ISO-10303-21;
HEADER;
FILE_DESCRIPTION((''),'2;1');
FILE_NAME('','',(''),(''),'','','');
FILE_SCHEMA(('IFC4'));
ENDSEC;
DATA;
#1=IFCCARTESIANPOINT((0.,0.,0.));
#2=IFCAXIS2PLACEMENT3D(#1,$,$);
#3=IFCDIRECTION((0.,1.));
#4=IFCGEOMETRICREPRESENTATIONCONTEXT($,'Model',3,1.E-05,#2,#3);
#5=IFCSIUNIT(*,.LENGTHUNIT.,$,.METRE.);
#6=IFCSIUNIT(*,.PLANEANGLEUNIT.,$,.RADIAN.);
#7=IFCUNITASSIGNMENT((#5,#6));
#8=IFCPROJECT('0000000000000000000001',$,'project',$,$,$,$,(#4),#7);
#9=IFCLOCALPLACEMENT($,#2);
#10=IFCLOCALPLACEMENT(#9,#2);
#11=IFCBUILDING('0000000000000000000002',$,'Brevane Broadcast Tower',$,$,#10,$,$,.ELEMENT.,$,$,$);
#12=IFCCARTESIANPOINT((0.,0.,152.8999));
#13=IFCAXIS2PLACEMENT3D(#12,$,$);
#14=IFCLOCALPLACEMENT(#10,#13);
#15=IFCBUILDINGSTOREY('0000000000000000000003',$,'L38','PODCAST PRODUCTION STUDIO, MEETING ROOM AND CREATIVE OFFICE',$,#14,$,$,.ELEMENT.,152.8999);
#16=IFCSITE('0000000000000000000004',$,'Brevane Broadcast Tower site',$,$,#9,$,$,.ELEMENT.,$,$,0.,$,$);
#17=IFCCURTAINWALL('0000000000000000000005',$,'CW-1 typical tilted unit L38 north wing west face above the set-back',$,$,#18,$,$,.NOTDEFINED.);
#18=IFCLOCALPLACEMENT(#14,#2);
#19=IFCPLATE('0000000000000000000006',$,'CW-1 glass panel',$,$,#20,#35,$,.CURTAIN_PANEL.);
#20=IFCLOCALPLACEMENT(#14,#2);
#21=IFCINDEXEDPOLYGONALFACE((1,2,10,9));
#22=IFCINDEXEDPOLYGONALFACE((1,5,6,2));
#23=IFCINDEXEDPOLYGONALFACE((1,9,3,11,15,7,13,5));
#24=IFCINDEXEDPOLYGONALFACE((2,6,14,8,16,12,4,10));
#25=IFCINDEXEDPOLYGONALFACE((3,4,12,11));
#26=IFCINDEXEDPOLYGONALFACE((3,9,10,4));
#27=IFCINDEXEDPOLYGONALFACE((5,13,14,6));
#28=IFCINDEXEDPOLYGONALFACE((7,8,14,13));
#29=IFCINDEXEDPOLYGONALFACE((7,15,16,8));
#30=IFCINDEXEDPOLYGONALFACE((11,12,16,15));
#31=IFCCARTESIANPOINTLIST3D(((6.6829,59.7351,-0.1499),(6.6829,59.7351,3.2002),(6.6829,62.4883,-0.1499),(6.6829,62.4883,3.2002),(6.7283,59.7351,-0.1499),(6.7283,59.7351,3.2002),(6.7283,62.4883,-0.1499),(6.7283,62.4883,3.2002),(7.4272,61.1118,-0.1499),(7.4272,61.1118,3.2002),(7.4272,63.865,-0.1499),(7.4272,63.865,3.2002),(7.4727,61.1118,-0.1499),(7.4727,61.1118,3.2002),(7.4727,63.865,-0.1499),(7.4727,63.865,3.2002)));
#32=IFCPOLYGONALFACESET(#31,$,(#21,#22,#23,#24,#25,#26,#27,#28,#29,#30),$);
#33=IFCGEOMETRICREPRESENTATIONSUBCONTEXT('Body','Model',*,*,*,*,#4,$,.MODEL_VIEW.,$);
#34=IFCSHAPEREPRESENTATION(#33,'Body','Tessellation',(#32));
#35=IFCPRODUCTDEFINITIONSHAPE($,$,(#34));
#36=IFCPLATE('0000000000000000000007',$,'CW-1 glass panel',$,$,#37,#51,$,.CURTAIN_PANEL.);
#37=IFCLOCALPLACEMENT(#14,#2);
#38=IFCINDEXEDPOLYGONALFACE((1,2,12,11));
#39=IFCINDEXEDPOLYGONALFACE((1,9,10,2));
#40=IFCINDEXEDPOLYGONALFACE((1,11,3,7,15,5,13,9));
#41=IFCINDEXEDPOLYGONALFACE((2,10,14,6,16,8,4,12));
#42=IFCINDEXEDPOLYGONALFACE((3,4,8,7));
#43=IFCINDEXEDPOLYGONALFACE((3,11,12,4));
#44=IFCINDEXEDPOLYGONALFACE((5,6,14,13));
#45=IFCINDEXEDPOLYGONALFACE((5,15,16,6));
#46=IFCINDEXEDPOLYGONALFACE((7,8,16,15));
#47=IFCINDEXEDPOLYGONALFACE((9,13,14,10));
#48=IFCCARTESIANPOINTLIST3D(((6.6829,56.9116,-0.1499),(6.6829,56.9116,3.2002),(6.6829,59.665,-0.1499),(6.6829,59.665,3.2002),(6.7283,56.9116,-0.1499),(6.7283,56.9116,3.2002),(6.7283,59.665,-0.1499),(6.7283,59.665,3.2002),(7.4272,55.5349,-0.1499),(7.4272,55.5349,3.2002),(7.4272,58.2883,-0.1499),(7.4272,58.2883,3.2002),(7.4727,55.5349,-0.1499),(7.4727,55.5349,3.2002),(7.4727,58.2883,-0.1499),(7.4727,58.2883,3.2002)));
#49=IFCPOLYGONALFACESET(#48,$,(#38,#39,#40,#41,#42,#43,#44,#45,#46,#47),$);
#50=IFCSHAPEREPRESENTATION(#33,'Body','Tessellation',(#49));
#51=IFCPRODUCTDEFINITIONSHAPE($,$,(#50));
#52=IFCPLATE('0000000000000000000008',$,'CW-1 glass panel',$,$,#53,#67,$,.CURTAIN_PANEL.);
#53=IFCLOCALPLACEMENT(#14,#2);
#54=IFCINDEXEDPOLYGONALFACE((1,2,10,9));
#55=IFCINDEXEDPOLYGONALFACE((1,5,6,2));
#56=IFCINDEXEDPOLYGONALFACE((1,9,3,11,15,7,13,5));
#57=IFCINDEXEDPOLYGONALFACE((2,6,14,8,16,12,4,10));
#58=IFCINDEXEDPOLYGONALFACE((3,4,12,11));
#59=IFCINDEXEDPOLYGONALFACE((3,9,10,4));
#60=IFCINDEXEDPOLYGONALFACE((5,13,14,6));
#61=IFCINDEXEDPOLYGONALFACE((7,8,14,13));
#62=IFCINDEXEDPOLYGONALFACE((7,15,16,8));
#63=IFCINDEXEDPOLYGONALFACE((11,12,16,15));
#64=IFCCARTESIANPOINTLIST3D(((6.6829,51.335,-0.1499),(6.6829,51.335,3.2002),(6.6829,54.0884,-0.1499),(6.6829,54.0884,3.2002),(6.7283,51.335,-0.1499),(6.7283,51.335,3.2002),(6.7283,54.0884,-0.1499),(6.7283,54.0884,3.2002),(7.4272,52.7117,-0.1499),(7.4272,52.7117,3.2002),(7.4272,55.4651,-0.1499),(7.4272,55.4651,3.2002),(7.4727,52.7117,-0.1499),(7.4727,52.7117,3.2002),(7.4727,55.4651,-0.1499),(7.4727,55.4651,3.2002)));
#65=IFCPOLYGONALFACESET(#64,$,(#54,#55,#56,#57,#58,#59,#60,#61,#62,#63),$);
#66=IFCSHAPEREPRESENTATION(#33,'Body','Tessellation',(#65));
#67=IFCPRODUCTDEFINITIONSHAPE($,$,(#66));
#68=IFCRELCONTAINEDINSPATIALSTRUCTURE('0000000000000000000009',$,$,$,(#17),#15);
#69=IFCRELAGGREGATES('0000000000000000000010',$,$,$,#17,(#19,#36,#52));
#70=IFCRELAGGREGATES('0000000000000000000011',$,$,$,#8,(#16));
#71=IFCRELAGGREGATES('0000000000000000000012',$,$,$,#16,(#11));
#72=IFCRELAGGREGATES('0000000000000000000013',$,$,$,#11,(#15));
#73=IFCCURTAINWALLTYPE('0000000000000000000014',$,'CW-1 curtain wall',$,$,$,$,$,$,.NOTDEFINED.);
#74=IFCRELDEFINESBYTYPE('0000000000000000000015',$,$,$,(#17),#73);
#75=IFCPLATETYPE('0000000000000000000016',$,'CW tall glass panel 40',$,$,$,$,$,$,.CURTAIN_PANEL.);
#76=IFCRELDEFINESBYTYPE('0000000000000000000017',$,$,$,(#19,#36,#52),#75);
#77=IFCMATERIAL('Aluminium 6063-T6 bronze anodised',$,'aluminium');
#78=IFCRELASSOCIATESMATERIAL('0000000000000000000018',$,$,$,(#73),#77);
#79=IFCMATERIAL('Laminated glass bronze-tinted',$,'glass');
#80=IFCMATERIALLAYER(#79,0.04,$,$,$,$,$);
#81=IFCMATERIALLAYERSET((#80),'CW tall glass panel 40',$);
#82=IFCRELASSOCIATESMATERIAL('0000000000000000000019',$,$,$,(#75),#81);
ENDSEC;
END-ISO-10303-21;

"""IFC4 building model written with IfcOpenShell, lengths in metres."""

from ifc_helpers import new_model, si_unit, direction, frame, origin, place, context, subcontext, project, spatial, polyline, outline, extrude, material, layer, layer_set, type_object, element, aggregate, save


model = new_model("IFC4")

# Units and contexts
model_context = context("Model", 3, precision=1e-05, world=origin(), true_north=direction((0.0, 1.0)))
body_context = subcontext(model_context, "Body", "Model", "MODEL_VIEW")
ifc_project = project(units=[si_unit("LENGTHUNIT", "METRE"), si_unit("PLANEANGLEUNIT", "RADIAN")], contexts=[model_context])

# Site, building, storey
site_placement = place(None, origin())
site = spatial("IfcSite", under=ifc_project, at=site_placement, Name="Brevane Broadcast Tower site", CompositionType="ELEMENT", RefElevation=0.0)
building_placement = place(site_placement, origin())
building = spatial("IfcBuilding", under=site, at=building_placement, Name="Brevane Broadcast Tower", CompositionType="ELEMENT")
storey_placement = place(building_placement, frame((0.0, 0.0, 152.8999)))
storey = spatial("IfcBuildingStorey", under=building, at=storey_placement, Name="L38", Description="PODCAST PRODUCTION STUDIO, MEETING ROOM AND CREATIVE OFFICE", CompositionType="ELEMENT", Elevation=152.8999)

# Shared definitions
ifc_material_1 = material(Name="Aluminium 6063-T6 bronze anodised", Category="aluminium")
curtain_wall_type = type_object("IfcCurtainWallType", Name="CW-1 curtain wall", PredefinedType="NOTDEFINED", material=ifc_material_1)

# Curtain wall, plates
ifc_material_2 = material(Name="Laminated glass bronze-tinted", Category="glass")
ifc_layer = layer(ifc_material_2, 0.04)
ifc_layer_set = layer_set([ifc_layer], Name="CW tall glass panel 40")
plate_type = type_object("IfcPlateType", Name="CW tall glass panel 40", PredefinedType="CURTAIN_PANEL", material=ifc_layer_set)
curtain_wall_1_placement = place(storey_placement, origin())
curtain_wall_1 = element("IfcCurtainWall", 1, at=curtain_wall_1_placement, inside=storey, type_object=curtain_wall_type, Name="CW-1 typical tilted unit L38 north wing west face above the set-back", PredefinedType="NOTDEFINED")
plate_1_placement = place(storey_placement, frame((0.0, 0.0, -0.1499)))
plate_1 = element("IfcPlate", 2, at=plate_1_placement, type_object=plate_type, Name="CW-1 glass panel", PredefinedType="CURTAIN_PANEL", context=body_context, shape_type="SweptSolid", body=[
    extrude(outline(polyline([(7.4727, 63.865), (7.4272, 63.865), (6.6829, 62.4883), (7.4272, 61.1118), (6.6829, 59.7351), (6.7283, 59.7351), (7.4727, 61.1118), (6.7283, 62.4883), (7.4727, 63.865)])), origin(), (0.0, 0.0, 1.0), 3.3501),
])
plate_2_placement = place(storey_placement, frame((0.0, 0.0, -0.1499)))
plate_2 = element("IfcPlate", 3, at=plate_2_placement, type_object=plate_type, Name="CW-1 glass panel", PredefinedType="CURTAIN_PANEL", context=body_context, shape_type="SweptSolid", body=[
    extrude(outline(polyline([(6.7283, 59.665), (6.6829, 59.665), (7.4272, 58.2883), (6.6829, 56.9116), (7.4272, 55.5349), (7.4727, 55.5349), (6.7283, 56.9116), (7.4727, 58.2883), (6.7283, 59.665)])), origin(), (0.0, 0.0, 1.0), 3.3501),
])
plate_3_placement = place(storey_placement, frame((0.0, 0.0, -0.1499)))
plate_3 = element("IfcPlate", 4, at=plate_3_placement, type_object=plate_type, Name="CW-1 glass panel", PredefinedType="CURTAIN_PANEL", context=body_context, shape_type="SweptSolid", body=[
    extrude(outline(polyline([(7.4727, 55.4651), (7.4272, 55.4651), (6.6829, 54.0884), (7.4272, 52.7117), (6.6829, 51.335), (6.7283, 51.335), (7.4727, 52.7117), (6.7283, 54.0884), (7.4727, 55.4651)])), origin(), (0.0, 0.0, 1.0), 3.3501),
])
aggregate(curtain_wall_1, [plate_1, plate_2, plate_3])

save(model, "model.ifc")
